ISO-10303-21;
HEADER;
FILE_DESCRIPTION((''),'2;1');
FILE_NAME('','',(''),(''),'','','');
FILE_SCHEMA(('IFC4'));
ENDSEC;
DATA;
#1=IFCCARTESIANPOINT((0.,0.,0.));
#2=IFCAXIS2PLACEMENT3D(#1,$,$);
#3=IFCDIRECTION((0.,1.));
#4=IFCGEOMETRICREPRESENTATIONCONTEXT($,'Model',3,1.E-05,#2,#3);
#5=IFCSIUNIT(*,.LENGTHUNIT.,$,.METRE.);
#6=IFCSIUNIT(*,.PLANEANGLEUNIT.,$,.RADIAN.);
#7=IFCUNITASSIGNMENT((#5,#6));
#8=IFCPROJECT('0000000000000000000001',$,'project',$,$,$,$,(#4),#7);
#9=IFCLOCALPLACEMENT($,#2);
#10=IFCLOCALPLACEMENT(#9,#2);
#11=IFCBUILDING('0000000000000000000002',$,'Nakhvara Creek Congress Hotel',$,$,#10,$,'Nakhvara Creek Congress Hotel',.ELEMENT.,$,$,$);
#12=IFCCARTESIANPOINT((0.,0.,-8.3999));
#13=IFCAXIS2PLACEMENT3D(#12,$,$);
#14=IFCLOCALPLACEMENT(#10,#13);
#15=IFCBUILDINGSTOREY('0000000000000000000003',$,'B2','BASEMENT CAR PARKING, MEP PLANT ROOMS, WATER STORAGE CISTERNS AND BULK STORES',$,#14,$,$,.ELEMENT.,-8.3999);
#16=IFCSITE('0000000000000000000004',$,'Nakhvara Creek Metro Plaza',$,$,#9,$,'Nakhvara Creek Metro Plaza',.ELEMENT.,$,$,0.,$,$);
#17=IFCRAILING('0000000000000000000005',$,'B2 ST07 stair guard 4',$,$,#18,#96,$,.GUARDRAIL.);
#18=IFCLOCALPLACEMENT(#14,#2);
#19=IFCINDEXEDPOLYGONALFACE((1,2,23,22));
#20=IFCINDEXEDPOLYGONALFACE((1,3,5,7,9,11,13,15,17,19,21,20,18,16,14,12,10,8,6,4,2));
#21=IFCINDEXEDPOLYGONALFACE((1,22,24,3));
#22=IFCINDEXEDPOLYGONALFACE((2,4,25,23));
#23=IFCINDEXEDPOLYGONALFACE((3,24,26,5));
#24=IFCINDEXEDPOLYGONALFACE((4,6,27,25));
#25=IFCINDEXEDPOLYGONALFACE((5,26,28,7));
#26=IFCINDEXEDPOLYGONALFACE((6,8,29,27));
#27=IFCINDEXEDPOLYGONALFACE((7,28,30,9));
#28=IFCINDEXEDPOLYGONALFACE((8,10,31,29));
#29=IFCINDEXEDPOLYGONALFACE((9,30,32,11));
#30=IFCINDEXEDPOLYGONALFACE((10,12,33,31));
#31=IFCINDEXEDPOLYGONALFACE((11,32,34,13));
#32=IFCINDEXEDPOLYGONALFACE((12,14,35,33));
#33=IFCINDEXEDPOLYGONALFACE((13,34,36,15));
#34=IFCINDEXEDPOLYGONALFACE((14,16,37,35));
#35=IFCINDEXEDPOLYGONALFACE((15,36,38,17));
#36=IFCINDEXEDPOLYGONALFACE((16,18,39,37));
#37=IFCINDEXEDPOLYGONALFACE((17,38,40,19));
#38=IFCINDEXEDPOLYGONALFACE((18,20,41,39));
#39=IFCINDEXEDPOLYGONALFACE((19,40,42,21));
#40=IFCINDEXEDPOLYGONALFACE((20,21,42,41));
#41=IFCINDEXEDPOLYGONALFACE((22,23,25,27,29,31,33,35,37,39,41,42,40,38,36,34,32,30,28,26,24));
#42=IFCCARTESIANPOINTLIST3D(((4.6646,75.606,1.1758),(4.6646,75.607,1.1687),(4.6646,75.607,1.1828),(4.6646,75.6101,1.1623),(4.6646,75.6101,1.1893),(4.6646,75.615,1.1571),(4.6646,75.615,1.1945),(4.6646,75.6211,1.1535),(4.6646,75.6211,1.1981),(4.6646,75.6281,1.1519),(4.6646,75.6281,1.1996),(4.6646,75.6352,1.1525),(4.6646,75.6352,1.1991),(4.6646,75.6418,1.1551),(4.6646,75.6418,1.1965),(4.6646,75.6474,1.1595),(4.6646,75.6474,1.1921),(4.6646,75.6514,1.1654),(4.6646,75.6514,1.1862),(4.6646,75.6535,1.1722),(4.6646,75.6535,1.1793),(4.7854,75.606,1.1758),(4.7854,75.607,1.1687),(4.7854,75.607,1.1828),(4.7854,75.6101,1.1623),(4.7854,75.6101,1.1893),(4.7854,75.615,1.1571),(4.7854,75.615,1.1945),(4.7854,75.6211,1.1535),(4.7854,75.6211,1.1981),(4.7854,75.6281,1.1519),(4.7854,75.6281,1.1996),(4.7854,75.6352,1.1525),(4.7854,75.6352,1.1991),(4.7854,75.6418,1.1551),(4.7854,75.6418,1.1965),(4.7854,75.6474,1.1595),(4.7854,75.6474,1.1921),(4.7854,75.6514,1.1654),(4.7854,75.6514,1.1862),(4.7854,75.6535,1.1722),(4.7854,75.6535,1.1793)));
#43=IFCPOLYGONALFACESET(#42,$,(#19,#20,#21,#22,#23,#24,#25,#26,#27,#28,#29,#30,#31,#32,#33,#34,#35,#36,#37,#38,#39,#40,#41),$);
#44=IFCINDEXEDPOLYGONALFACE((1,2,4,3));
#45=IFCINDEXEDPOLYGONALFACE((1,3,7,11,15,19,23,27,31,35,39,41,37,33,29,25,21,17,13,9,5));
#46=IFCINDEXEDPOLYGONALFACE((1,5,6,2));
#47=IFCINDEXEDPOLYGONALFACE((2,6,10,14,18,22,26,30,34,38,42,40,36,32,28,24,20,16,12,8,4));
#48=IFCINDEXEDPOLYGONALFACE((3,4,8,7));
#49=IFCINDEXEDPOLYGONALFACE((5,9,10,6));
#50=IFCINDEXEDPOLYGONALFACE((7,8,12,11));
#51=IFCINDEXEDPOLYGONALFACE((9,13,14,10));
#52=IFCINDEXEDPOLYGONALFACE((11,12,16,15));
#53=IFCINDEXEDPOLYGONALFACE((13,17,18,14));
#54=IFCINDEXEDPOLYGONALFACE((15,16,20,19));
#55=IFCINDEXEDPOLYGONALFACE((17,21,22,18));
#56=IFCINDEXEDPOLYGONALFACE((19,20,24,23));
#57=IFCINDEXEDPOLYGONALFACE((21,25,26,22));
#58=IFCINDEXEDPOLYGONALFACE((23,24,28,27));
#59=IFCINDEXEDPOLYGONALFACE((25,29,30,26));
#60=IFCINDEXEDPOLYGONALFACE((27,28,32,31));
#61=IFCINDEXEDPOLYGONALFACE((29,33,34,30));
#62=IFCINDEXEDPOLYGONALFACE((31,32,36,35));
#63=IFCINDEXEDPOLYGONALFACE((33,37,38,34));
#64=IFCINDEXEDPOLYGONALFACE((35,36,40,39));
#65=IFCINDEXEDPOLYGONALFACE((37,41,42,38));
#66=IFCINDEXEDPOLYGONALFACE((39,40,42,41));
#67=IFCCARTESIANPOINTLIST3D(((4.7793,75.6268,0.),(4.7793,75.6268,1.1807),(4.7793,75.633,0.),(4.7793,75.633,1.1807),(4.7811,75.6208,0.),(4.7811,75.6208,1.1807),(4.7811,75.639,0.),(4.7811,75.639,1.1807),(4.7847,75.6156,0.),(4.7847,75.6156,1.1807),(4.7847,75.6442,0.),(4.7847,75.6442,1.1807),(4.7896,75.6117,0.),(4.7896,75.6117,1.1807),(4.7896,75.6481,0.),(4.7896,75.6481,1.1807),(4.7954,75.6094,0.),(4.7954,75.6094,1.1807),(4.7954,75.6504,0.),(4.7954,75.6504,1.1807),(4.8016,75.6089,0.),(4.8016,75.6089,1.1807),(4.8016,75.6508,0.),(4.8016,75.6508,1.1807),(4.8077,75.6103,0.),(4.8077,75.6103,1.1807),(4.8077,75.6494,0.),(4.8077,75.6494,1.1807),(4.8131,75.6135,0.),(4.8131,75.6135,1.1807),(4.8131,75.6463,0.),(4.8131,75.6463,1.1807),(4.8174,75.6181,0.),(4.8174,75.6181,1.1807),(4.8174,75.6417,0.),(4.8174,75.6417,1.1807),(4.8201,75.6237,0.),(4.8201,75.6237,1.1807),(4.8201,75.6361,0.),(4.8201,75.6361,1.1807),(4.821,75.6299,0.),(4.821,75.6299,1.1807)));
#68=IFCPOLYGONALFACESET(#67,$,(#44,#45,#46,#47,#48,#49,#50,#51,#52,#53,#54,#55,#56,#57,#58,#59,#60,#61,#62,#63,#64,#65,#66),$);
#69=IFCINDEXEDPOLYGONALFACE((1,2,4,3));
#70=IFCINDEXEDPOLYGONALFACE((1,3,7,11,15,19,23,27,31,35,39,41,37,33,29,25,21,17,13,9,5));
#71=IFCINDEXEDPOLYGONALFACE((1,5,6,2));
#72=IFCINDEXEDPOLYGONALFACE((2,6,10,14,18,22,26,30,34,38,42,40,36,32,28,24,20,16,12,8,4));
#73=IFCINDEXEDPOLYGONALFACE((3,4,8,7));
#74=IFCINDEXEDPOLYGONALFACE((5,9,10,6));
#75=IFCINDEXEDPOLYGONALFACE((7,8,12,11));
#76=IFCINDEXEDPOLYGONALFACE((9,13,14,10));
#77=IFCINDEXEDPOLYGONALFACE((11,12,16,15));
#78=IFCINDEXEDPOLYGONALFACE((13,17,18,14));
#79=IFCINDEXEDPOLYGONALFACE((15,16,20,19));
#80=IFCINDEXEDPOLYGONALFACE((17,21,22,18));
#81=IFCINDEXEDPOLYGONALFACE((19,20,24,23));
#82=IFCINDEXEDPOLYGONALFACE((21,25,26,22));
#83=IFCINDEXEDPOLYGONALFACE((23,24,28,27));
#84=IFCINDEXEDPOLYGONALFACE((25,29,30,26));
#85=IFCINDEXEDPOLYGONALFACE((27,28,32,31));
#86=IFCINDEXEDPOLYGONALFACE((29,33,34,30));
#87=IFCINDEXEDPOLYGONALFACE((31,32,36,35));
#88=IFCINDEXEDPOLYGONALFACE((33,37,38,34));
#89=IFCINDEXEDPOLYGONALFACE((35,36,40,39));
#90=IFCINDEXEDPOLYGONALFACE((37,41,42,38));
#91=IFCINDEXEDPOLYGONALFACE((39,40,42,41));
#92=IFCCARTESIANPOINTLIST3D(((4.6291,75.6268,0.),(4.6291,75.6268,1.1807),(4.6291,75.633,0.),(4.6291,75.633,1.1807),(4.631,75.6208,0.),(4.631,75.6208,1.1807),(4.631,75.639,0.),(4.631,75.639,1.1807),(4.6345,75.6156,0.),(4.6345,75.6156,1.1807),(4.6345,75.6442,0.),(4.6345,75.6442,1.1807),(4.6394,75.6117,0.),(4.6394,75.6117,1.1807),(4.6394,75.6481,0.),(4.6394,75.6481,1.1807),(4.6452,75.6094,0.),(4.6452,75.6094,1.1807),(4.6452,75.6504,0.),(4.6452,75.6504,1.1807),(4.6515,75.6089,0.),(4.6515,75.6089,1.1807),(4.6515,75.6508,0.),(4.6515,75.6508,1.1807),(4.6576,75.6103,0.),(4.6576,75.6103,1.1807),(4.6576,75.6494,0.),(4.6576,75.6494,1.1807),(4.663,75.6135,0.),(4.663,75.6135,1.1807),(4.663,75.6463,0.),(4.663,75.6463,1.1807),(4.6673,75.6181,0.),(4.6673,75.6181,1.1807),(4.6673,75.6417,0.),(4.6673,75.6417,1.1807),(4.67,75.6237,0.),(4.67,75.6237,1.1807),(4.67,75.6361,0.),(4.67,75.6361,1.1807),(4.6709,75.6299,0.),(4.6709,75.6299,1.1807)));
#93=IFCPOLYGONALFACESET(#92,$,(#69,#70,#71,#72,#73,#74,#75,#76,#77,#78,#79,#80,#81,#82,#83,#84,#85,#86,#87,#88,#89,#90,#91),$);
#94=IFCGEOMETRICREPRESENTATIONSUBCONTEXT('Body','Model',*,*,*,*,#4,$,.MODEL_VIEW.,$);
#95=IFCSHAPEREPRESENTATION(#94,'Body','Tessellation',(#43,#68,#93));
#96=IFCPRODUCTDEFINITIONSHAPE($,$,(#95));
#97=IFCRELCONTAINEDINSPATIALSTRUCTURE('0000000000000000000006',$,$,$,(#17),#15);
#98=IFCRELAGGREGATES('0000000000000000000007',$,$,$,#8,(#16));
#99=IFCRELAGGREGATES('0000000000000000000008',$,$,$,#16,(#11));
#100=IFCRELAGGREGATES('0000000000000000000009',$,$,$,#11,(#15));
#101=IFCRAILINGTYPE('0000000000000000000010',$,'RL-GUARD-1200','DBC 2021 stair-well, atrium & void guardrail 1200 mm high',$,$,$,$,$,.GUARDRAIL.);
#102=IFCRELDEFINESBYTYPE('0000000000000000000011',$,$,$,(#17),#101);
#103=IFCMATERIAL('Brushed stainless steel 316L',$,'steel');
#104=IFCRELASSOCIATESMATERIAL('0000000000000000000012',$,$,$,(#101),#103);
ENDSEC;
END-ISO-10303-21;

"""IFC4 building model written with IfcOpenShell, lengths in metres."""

from ifc_helpers import new_model, si_unit, direction, frame, origin, origin_2d, place, context, subcontext, project, spatial, circle, extrude, material, type_object, element, save


model = new_model("IFC4")

# Units and contexts
model_context = context("Model", 3, precision=1e-05, world=origin(), true_north=direction((0.0, 1.0)))
body_context = subcontext(model_context, "Body", "Model", "MODEL_VIEW")
ifc_project = project(units=[si_unit("LENGTHUNIT", "METRE"), si_unit("PLANEANGLEUNIT", "RADIAN")], contexts=[model_context])

# Site, building, storey
site_placement = place(None, origin())
site = spatial("IfcSite", under=ifc_project, at=site_placement, Name="Nakhvara Creek Metro Plaza", LongName="Nakhvara Creek Metro Plaza", CompositionType="ELEMENT", RefElevation=0.0)
building_placement = place(site_placement, origin())
building = spatial("IfcBuilding", under=site, at=building_placement, Name="Nakhvara Creek Congress Hotel", LongName="Nakhvara Creek Congress Hotel", CompositionType="ELEMENT")
storey_placement = place(building_placement, frame((0.0, 0.0, -8.3999)))
storey = spatial("IfcBuildingStorey", under=building, at=storey_placement, Name="B2", Description="BASEMENT CAR PARKING, MEP PLANT ROOMS, WATER STORAGE CISTERNS AND BULK STORES", CompositionType="ELEMENT", Elevation=-8.3999)

# Railing
ifc_material_1 = material(Name="Brushed stainless steel 316L", Category="steel")
railing_type_1 = type_object("IfcRailingType", Name="RL-GUARD-1200", Description="DBC 2021 stair-well, atrium & void guardrail 1200 mm high", PredefinedType="GUARDRAIL", material=ifc_material_1)
railing_1_placement = place(storey_placement, frame((4.8, 75.6299, 0.0)))
element("IfcRailing", 1, at=railing_1_placement, inside=storey, type_object=railing_type_1, Name="B2 ST07 stair guard 4", PredefinedType="GUARDRAIL", context=body_context, shape_type="SweptSolid", body=[
    extrude(circle(Radius=0.0239, at=origin_2d()), frame((-0.0146, 0.0, 1.1758), z_axis=(-1.0, 0.0, 0.0), x_axis=(0.0, -1.0, 0.0)), (0.0, 0.0, 1.0), 0.1208),
    extrude(circle(Radius=0.021, at=origin_2d()), origin(), (0.0, 0.0, 1.0), 1.1807),
    extrude(circle(Radius=0.021, at=origin_2d()), frame((-0.1501, 0.0, 0.0)), (0.0, 0.0, 1.0), 1.1807),
])

save(model, "model.ifc")
